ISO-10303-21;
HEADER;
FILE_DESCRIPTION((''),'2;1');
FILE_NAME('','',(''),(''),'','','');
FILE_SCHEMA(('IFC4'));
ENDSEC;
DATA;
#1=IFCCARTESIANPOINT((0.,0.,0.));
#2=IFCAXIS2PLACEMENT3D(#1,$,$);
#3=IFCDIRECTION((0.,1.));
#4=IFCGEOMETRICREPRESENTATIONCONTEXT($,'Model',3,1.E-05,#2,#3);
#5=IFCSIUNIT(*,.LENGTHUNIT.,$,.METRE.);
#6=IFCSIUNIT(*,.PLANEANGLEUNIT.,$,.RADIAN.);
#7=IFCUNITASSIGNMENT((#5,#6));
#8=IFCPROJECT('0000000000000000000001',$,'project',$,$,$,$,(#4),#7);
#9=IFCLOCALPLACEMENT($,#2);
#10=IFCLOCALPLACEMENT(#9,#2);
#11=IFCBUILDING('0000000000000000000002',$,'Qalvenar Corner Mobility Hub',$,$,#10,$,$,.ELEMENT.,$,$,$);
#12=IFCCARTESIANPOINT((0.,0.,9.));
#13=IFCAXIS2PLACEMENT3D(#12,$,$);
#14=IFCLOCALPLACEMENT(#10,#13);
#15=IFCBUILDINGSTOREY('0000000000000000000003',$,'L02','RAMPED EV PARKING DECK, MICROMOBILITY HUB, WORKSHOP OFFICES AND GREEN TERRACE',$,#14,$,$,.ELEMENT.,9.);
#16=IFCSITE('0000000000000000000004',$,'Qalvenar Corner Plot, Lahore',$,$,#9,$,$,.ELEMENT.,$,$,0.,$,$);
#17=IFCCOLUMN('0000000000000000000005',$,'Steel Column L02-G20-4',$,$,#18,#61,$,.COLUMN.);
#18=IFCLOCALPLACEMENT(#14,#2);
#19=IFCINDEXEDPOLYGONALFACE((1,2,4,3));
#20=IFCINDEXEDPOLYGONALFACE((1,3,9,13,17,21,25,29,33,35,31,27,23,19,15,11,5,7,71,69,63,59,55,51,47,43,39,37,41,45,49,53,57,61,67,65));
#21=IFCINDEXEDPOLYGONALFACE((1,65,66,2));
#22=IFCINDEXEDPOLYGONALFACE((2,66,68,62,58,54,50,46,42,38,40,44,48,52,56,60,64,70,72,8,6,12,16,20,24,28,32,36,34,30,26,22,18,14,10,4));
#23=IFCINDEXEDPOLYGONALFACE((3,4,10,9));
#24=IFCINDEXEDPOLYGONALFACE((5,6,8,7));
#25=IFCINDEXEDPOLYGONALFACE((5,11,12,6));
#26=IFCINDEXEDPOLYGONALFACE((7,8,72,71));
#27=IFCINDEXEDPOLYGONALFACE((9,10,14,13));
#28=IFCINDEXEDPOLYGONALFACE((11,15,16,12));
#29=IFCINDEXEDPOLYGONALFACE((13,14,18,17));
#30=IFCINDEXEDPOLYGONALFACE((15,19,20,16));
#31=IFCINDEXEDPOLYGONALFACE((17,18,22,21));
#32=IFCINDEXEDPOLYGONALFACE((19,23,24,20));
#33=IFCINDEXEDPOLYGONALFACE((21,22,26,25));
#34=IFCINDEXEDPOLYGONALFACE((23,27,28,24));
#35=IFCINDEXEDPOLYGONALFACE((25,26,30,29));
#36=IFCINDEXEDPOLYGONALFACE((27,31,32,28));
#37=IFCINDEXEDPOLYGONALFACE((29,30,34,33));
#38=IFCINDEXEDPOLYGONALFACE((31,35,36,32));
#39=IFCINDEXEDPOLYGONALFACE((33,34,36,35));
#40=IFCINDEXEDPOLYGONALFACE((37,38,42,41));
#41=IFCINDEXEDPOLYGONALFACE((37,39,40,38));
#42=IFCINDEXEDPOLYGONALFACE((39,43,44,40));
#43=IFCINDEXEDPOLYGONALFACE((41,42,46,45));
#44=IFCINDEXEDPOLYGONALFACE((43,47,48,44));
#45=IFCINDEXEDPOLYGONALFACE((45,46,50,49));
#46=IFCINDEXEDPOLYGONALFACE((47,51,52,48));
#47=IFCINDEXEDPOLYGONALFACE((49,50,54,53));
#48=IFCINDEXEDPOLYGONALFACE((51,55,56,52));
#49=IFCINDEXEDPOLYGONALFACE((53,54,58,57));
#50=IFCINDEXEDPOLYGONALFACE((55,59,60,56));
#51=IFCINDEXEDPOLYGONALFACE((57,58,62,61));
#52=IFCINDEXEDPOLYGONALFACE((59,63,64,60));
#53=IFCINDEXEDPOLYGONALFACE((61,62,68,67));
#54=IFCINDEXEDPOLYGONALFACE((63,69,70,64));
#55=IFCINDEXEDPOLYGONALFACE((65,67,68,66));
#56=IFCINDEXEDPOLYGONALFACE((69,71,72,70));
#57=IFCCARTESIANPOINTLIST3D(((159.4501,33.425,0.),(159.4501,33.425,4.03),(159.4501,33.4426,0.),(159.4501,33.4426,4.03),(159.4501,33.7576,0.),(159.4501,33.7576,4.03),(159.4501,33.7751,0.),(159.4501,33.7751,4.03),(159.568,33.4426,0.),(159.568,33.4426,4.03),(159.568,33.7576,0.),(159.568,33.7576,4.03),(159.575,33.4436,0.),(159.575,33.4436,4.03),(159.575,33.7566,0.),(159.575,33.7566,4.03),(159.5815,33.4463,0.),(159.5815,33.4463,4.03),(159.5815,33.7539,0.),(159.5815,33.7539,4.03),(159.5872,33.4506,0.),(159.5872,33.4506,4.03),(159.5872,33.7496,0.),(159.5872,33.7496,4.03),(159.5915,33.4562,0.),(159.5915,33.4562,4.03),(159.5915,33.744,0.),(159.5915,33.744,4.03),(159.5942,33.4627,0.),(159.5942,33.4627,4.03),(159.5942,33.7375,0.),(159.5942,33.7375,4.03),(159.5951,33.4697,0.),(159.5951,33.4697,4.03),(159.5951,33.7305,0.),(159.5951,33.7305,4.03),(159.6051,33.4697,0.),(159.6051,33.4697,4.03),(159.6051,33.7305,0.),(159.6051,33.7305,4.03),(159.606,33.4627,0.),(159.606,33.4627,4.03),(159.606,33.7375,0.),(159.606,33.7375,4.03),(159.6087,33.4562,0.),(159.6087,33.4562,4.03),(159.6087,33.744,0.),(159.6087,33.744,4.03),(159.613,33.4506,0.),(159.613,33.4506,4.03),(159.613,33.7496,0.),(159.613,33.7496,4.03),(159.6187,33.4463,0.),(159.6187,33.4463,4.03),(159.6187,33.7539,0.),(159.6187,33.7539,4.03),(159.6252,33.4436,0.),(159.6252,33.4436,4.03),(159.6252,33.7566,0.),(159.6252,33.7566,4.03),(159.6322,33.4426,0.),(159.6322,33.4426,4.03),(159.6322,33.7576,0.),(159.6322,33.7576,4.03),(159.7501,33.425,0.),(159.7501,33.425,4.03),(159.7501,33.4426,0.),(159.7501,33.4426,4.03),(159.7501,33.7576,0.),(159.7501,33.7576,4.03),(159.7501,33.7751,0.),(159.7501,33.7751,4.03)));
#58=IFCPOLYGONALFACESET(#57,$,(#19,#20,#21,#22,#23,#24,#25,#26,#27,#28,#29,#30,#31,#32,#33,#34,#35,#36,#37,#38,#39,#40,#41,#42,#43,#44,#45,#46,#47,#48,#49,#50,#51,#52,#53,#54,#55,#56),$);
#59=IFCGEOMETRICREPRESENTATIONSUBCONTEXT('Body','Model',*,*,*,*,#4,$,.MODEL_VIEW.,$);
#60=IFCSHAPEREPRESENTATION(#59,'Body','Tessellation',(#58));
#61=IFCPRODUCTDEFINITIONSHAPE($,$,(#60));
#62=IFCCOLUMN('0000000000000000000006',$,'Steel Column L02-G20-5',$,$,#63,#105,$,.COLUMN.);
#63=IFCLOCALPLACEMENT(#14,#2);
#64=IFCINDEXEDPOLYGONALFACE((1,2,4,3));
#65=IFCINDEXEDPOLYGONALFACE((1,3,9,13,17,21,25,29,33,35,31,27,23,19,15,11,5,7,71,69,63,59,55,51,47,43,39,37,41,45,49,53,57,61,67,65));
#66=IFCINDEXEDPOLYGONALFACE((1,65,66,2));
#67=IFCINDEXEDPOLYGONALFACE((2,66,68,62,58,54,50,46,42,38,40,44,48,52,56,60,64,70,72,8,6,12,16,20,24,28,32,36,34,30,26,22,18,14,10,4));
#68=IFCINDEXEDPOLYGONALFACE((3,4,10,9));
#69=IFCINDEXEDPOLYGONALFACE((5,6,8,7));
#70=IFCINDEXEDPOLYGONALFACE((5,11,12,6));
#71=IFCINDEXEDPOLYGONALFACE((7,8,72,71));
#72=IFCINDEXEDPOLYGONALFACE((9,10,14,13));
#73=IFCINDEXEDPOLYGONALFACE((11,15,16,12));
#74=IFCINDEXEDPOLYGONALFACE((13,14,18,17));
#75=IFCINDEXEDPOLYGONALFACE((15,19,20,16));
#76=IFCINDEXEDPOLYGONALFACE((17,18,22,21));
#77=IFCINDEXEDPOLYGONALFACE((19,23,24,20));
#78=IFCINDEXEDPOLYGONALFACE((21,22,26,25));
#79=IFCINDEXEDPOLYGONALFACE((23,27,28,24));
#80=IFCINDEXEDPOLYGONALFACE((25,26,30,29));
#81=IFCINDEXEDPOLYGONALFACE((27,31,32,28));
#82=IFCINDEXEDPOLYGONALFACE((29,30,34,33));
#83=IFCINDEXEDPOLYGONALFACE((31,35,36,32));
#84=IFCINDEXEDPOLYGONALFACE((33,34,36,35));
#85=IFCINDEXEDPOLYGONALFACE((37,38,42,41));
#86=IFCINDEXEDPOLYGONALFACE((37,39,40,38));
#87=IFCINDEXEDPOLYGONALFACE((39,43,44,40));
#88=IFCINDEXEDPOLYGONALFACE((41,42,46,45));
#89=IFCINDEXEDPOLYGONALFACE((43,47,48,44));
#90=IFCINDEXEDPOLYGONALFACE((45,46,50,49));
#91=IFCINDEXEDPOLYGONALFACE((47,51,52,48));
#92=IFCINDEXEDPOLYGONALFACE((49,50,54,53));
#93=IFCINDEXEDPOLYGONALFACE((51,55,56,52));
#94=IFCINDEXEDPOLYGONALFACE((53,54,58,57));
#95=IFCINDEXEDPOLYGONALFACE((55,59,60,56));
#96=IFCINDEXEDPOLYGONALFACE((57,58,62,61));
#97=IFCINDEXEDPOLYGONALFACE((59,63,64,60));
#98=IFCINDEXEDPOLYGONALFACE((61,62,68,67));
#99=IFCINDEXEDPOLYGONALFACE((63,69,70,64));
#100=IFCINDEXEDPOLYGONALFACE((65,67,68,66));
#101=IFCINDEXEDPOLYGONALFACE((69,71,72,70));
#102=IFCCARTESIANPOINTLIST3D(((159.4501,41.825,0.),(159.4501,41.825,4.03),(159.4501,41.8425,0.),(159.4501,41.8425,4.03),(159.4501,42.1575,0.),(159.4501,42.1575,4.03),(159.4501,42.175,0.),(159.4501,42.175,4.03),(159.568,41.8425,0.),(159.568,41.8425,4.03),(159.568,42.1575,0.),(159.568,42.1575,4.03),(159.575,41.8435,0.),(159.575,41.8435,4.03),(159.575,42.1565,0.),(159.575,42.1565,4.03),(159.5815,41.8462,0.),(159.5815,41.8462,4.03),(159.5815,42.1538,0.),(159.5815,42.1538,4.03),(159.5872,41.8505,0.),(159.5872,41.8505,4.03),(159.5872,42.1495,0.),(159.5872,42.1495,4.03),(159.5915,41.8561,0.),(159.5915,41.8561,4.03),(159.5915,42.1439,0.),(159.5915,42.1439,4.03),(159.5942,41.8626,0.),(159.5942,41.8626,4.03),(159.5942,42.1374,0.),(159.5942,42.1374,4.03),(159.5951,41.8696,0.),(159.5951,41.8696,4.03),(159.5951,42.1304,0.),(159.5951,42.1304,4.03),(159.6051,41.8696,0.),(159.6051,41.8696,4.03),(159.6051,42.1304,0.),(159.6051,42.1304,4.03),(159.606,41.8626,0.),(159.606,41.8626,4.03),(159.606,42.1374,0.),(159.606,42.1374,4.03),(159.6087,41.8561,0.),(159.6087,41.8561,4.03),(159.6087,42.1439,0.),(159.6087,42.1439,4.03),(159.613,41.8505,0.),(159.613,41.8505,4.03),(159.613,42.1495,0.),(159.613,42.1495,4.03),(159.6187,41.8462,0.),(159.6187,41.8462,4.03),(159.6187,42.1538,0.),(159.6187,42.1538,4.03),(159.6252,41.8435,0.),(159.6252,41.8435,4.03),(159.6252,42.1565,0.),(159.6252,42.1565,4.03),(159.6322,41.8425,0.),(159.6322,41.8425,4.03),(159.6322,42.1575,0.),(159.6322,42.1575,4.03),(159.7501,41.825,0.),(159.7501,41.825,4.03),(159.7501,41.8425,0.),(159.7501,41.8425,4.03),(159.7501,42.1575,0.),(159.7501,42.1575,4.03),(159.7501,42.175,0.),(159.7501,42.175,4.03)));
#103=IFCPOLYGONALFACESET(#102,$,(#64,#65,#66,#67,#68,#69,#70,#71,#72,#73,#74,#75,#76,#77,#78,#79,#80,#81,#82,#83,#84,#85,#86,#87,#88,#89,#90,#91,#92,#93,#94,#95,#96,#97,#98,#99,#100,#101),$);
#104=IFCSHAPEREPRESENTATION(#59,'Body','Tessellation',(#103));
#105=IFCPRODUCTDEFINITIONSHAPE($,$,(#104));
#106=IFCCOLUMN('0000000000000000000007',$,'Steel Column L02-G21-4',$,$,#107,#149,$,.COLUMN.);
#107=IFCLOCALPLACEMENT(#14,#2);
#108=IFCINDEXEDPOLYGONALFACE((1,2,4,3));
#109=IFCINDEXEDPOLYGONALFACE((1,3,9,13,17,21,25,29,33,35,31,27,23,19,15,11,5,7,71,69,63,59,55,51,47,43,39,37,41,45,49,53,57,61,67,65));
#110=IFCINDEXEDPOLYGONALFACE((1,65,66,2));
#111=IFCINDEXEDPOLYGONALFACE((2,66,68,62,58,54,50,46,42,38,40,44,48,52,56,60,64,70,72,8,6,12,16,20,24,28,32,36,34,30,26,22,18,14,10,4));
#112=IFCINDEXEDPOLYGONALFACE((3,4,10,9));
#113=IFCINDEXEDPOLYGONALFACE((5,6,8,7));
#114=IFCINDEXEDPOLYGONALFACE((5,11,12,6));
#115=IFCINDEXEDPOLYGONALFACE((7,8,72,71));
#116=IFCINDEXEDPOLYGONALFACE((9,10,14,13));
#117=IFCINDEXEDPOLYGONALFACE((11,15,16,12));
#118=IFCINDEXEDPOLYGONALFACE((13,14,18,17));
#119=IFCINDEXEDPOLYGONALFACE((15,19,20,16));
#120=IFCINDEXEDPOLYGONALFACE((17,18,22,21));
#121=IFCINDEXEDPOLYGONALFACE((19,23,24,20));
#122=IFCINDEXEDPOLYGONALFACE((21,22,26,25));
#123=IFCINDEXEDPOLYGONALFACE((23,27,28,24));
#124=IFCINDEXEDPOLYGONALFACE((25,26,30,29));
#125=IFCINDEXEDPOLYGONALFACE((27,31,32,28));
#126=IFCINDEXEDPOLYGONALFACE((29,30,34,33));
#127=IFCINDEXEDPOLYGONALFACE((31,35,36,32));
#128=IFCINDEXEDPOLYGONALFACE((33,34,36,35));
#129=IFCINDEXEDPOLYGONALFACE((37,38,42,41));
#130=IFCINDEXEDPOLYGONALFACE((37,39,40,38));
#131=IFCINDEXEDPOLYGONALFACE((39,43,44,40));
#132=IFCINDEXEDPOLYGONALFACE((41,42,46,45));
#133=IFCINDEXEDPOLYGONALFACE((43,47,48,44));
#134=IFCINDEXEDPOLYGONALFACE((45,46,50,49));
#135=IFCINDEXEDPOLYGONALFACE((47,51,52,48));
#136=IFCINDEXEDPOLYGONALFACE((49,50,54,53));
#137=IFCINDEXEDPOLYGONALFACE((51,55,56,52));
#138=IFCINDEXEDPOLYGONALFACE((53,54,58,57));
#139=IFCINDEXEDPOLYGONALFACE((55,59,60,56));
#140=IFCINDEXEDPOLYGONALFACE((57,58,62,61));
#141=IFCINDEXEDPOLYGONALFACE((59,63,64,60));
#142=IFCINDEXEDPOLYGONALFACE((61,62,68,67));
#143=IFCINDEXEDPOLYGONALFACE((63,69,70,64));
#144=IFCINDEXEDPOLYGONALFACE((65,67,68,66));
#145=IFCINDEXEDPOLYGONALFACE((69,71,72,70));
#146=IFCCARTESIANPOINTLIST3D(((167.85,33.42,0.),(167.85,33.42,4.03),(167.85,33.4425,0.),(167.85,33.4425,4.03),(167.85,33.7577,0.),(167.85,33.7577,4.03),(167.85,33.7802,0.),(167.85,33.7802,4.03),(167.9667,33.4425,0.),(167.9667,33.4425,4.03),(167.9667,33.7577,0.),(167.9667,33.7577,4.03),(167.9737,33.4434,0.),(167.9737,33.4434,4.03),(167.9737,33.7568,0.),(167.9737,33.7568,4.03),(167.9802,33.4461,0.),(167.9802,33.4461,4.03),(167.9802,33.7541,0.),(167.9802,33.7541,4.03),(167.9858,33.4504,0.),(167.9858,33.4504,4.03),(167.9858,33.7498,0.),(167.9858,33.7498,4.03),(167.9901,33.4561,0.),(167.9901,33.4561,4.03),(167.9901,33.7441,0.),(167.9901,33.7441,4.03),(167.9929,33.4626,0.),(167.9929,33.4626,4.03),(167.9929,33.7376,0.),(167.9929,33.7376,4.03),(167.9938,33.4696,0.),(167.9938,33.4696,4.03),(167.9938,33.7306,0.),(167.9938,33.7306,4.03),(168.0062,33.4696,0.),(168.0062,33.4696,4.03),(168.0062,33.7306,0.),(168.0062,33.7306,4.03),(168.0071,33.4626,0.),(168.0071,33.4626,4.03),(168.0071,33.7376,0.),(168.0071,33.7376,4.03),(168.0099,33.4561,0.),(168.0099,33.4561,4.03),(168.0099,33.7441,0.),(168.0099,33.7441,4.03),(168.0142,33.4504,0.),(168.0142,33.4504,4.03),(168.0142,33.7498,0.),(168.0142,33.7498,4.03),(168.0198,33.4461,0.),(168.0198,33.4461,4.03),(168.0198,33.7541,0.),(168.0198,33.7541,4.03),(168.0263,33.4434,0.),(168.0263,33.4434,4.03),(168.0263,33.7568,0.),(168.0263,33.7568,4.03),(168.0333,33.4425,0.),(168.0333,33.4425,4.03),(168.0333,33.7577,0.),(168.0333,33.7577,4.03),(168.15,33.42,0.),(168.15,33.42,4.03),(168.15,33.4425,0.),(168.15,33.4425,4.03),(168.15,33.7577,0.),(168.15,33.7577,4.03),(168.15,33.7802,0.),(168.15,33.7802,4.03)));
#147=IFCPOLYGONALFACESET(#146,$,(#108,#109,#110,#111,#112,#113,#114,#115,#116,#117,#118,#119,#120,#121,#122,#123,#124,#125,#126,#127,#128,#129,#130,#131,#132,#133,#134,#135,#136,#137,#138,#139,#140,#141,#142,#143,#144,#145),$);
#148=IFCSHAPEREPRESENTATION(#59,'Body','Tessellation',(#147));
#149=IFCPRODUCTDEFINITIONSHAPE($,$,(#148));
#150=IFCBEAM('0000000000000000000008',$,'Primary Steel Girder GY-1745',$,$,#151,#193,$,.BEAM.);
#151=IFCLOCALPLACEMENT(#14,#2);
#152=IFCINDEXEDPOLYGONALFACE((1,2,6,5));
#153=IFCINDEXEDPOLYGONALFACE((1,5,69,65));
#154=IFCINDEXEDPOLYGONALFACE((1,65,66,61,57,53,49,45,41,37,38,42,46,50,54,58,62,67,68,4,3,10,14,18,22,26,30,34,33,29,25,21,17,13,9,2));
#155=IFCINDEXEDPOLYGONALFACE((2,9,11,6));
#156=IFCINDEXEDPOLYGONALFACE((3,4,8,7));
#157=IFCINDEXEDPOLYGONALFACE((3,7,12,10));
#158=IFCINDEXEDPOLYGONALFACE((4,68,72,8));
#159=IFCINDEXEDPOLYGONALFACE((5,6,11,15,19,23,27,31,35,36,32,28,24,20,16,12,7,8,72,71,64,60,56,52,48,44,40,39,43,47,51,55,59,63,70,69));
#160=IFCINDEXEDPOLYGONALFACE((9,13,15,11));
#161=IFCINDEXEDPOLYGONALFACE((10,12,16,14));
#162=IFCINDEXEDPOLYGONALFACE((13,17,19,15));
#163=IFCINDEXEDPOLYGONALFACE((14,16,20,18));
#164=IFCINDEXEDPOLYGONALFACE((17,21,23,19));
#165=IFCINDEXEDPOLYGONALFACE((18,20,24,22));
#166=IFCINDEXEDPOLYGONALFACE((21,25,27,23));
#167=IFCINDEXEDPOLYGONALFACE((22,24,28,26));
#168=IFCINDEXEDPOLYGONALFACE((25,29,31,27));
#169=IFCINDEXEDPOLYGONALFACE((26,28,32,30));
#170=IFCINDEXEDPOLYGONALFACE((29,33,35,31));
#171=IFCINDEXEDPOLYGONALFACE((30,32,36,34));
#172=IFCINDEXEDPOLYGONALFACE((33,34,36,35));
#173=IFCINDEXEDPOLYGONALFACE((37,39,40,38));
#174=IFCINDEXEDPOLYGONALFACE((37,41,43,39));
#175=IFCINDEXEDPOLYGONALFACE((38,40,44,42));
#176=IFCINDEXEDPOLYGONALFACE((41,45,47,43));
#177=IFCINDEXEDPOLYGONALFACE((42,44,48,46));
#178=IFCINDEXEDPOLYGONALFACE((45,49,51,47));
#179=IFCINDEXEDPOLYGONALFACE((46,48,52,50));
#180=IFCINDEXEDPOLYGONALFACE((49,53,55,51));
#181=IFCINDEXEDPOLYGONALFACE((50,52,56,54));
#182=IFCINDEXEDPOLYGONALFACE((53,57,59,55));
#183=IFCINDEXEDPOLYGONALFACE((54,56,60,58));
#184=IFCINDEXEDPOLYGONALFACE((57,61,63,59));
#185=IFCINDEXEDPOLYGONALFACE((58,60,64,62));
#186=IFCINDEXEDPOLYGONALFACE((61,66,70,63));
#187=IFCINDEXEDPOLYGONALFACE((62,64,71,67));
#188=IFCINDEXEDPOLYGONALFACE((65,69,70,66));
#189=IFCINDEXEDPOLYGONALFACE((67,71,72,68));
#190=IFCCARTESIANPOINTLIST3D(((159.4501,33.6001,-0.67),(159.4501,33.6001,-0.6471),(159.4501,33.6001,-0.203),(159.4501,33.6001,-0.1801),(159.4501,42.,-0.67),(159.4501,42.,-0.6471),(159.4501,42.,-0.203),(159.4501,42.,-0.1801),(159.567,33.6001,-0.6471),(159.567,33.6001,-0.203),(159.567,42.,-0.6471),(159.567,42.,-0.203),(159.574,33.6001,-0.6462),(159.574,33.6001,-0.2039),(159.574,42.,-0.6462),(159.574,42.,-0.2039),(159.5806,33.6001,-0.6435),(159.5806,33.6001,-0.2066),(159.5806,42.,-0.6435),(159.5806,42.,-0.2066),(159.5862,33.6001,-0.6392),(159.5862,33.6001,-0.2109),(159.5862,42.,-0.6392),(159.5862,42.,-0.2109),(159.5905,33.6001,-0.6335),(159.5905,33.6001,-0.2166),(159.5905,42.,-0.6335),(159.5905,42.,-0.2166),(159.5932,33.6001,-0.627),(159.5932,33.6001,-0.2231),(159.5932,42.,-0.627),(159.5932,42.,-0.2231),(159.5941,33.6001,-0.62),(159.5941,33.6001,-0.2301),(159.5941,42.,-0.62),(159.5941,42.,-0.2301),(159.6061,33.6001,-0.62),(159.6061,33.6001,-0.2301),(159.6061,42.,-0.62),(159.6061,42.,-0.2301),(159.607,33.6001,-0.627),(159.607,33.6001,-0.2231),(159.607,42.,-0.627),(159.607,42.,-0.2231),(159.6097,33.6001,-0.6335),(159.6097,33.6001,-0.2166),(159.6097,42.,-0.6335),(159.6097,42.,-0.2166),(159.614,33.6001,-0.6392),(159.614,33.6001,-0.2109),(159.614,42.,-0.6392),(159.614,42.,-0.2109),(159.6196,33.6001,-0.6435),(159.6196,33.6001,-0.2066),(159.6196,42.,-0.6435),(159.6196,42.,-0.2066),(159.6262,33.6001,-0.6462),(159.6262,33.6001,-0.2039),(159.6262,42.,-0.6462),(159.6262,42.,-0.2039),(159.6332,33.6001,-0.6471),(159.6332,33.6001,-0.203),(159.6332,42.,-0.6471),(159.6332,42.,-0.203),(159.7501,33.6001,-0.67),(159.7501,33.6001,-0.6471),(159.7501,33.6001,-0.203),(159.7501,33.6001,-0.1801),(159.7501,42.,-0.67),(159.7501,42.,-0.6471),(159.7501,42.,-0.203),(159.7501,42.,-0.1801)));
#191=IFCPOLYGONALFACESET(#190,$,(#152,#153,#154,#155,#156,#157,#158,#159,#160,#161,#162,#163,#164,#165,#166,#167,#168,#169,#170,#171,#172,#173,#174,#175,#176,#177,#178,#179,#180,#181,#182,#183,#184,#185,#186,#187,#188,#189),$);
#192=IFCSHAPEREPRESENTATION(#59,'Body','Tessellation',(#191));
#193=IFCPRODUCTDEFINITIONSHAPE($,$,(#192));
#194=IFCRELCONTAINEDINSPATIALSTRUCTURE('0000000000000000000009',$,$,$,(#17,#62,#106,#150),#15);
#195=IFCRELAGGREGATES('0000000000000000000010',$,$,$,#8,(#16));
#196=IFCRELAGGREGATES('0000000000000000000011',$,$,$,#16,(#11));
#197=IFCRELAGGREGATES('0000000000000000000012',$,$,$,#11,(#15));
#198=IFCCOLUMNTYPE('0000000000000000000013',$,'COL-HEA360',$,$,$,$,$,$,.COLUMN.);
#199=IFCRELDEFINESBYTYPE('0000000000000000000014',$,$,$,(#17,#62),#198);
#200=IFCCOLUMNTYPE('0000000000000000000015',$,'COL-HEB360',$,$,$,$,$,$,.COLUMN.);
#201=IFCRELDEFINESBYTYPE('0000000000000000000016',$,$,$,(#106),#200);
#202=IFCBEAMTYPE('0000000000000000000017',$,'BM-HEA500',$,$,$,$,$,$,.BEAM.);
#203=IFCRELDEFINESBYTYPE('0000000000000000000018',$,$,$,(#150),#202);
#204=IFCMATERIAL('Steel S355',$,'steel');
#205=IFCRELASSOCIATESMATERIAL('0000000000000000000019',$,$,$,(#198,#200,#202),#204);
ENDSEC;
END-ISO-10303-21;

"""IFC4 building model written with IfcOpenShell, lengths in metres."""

from ifc_helpers import new_model, si_unit, direction, frame, origin, origin_2d, place, context, subcontext, project, spatial, i_section, extrude, material, material_profile, profile_set, type_object, element, save


model = new_model("IFC4")

# Units and contexts
model_context = context("Model", 3, precision=1e-05, world=origin(), true_north=direction((0.0, 1.0)))
body_context = subcontext(model_context, "Body", "Model", "MODEL_VIEW")
ifc_project = project(units=[si_unit("LENGTHUNIT", "METRE"), si_unit("PLANEANGLEUNIT", "RADIAN")], contexts=[model_context])

# Site, building, storey
site_placement = place(None, origin())
site = spatial("IfcSite", under=ifc_project, at=site_placement, Name="Qalvenar Corner Plot, Lahore", CompositionType="ELEMENT", RefElevation=0.0)
building_placement = place(site_placement, origin())
building = spatial("IfcBuilding", under=site, at=building_placement, Name="Qalvenar Corner Mobility Hub", CompositionType="ELEMENT")
storey_placement = place(building_placement, frame((0.0, 0.0, 9.0)))
storey = spatial("IfcBuildingStorey", under=building, at=storey_placement, Name="L02", Description="RAMPED EV PARKING DECK, MICROMOBILITY HUB, WORKSHOP OFFICES AND GREEN TERRACE", CompositionType="ELEMENT", Elevation=9.0)

# Columns
ifc_material_1 = material(Name="Steel S355", Category="steel")
ifc_material_profile_1 = material_profile(ifc_material_1, i_section(OverallWidth=0.3, OverallDepth=0.3501, WebThickness=0.01, FlangeThickness=0.0176, FilletRadius=0.0271, at=origin_2d()), Name="HEA360")
ifc_profile_set_1 = profile_set([ifc_material_profile_1], Name="Steel S355")
column_type_1 = type_object("IfcColumnType", Name="COL-HEA360", PredefinedType="COLUMN", material=ifc_profile_set_1)
for number, where, z_axis, x_axis, name in (
    (1, (159.6001, 33.6001, 0.0), (0.0, 0.0, 1.0), (1.0, 0.0, 0.0), "Steel Column L02-G20-4"),
    (2, (159.6001, 42.0, 0.0), (0.0, 0.0, 1.0), (1.0, 0.0, 0.0), "Steel Column L02-G20-5"),
):
    element("IfcColumn", number, at=place(storey_placement, frame(where, z_axis=z_axis, x_axis=x_axis)), inside=storey, type_object=column_type_1, Name=name, PredefinedType="COLUMN", context=body_context, shape_type="SweptSolid", body=[
        extrude(i_section(OverallWidth=0.3, OverallDepth=0.3501, WebThickness=0.01, FlangeThickness=0.0176, FilletRadius=0.0271, at=origin_2d()), origin(), (0.0, 0.0, 1.0), 4.03),
    ])
ifc_material_profile_2 = material_profile(ifc_material_1, i_section(OverallWidth=0.3, OverallDepth=0.3601, WebThickness=0.0125, FlangeThickness=0.0225, FilletRadius=0.0271, at=origin_2d()), Name="HEB360")
ifc_profile_set_2 = profile_set([ifc_material_profile_2], Name="Steel S355")
column_type_2 = type_object("IfcColumnType", Name="COL-HEB360", PredefinedType="COLUMN", material=ifc_profile_set_2)
column_placement = place(storey_placement, frame((168.0, 33.6001, 0.0), z_axis=(0.0, 0.0, 1.0), x_axis=(1.0, 0.0, 0.0)))
element("IfcColumn", 3, at=column_placement, inside=storey, type_object=column_type_2, Name="Steel Column L02-G21-4", PredefinedType="COLUMN", context=body_context, shape_type="SweptSolid", body=[
    extrude(i_section(OverallWidth=0.3, OverallDepth=0.3601, WebThickness=0.0125, FlangeThickness=0.0225, FilletRadius=0.0271, at=origin_2d()), origin(), (0.0, 0.0, 1.0), 4.03),
])

# Beam
ifc_material_profile_3 = material_profile(ifc_material_1, i_section(OverallWidth=0.3, OverallDepth=0.49, WebThickness=0.012, FlangeThickness=0.0229, FilletRadius=0.0271, at=origin_2d()), Name="HEA500")
ifc_profile_set_3 = profile_set([ifc_material_profile_3], Name="Steel S355")
beam_type_1 = type_object("IfcBeamType", Name="BM-HEA500", PredefinedType="BEAM", material=ifc_profile_set_3)
beam_1_placement = place(storey_placement, frame((159.6001, 33.6001, -0.425), z_axis=(0.0, 1.0, 0.0), x_axis=(-1.0, 0.0, 0.0)))
element("IfcBeam", 4, at=beam_1_placement, inside=storey, type_object=beam_type_1, Name="Primary Steel Girder GY-1745", PredefinedType="BEAM", context=body_context, shape_type="SweptSolid", body=[
    extrude(i_section(OverallWidth=0.3, OverallDepth=0.49, WebThickness=0.012, FlangeThickness=0.0229, FilletRadius=0.0271, at=origin_2d()), origin(), (0.0, 0.0, 1.0), 8.3999),
])

save(model, "model.ifc")
